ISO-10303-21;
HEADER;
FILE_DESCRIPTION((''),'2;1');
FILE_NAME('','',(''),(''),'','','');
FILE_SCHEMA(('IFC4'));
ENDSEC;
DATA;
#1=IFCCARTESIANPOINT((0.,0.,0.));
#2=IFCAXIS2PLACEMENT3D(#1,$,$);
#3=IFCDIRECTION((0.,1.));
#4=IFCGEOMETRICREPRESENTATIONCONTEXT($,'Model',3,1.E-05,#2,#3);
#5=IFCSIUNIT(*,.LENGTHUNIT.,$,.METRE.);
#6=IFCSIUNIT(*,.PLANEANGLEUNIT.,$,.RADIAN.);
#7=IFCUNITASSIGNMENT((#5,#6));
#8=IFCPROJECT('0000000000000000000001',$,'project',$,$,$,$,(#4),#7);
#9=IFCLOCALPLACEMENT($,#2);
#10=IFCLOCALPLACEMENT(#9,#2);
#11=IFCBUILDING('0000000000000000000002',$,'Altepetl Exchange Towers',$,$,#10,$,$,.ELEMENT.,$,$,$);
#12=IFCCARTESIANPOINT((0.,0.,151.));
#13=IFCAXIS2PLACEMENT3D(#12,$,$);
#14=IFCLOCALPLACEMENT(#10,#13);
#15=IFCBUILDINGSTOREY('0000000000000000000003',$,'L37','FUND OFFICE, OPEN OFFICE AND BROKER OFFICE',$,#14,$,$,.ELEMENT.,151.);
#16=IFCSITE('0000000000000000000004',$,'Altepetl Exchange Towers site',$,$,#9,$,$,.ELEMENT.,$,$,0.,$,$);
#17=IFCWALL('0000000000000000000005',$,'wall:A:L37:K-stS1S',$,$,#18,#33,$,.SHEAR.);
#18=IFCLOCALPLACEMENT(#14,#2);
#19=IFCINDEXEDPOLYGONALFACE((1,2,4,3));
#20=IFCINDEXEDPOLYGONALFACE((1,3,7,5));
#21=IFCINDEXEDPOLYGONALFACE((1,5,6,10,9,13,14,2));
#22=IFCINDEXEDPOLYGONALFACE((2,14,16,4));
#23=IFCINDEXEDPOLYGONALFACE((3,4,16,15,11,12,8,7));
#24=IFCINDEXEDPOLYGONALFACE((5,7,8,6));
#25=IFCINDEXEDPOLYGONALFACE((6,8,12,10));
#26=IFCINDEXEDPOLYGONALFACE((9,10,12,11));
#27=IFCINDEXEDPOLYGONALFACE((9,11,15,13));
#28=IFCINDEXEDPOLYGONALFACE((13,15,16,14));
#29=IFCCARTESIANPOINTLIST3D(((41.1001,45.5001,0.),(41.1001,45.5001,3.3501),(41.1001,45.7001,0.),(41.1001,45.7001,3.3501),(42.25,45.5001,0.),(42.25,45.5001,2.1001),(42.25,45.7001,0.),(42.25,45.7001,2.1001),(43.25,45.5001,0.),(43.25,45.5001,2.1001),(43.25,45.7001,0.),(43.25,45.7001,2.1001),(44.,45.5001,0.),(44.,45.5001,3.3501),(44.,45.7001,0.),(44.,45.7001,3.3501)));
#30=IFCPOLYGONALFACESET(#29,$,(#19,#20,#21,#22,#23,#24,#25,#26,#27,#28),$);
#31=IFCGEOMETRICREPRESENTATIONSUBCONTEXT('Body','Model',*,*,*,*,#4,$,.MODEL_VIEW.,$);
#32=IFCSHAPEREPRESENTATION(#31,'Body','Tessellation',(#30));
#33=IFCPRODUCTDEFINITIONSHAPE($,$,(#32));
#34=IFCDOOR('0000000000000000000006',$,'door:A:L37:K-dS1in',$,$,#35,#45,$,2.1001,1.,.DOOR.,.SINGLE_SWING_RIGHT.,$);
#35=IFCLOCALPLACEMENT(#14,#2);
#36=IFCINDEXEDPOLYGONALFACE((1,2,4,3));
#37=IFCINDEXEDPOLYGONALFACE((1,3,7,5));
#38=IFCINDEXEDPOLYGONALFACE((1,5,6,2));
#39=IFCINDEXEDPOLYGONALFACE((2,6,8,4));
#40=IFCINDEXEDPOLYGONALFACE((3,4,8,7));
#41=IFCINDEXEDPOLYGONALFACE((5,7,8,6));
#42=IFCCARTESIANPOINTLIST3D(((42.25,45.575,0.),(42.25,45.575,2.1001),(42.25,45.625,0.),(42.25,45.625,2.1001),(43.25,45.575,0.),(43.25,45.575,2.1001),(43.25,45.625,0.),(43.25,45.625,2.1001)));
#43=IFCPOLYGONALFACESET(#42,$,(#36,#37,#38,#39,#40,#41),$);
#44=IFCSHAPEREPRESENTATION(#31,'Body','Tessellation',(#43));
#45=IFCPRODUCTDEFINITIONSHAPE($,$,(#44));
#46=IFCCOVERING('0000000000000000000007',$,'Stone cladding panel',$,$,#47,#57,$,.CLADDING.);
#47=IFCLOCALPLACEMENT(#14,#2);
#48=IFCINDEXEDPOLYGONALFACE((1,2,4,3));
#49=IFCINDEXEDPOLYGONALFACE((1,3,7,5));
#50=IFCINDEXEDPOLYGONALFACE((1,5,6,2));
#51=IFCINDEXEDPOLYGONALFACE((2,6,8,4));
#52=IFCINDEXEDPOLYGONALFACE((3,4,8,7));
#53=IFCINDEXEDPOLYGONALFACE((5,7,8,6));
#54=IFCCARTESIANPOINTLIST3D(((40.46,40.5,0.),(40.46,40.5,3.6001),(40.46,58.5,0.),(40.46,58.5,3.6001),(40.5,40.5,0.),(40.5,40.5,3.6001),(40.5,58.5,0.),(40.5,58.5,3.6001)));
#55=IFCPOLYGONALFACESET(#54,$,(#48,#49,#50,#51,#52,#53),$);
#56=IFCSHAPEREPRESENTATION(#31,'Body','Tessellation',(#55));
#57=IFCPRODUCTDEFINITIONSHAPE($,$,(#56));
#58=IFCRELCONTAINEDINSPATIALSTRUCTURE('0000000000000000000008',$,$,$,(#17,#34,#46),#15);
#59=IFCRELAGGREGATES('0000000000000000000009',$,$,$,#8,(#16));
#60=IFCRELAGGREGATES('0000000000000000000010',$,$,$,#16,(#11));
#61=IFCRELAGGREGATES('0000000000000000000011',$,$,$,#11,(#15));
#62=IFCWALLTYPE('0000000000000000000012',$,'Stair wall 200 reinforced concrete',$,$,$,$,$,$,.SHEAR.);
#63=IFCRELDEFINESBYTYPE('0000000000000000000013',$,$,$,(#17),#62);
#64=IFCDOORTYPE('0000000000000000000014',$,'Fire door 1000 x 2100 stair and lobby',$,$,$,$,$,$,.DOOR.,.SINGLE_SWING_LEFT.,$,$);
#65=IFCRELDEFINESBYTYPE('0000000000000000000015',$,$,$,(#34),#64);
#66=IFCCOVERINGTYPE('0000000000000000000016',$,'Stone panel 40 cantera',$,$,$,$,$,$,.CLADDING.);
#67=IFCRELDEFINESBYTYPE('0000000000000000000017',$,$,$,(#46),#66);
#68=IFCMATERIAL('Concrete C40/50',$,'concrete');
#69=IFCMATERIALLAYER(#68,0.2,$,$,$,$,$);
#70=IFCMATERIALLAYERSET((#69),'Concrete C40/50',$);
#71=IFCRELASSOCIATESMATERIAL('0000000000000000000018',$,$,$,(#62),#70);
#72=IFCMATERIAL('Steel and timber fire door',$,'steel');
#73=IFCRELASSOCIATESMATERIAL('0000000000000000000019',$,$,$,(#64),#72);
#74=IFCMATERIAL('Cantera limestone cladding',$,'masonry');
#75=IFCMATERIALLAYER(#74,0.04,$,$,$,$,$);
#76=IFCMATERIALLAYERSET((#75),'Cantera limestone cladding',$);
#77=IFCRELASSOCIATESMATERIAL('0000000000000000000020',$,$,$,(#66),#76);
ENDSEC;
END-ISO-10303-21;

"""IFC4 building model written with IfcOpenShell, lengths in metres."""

from ifc_helpers import new_model, si_unit, direction, frame, frame_2d, origin, origin_2d, place, context, subcontext, project, spatial, rectangle, extrude, material, layer, layer_set, type_object, element, fill, save


model = new_model("IFC4")

# Units and contexts
model_context = context("Model", 3, precision=1e-05, world=origin(), true_north=direction((0.0, 1.0)))
body_context = subcontext(model_context, "Body", "Model", "MODEL_VIEW")
ifc_project = project(units=[si_unit("LENGTHUNIT", "METRE"), si_unit("PLANEANGLEUNIT", "RADIAN")], contexts=[model_context])

# Site, building, storey
site_placement = place(None, origin())
site = spatial("IfcSite", under=ifc_project, at=site_placement, Name="Altepetl Exchange Towers site", CompositionType="ELEMENT", RefElevation=0.0)
building_placement = place(site_placement, origin())
building = spatial("IfcBuilding", under=site, at=building_placement, Name="Altepetl Exchange Towers", CompositionType="ELEMENT")
storey_placement = place(building_placement, frame((0.0, 0.0, 151.0)))
storey = spatial("IfcBuildingStorey", under=building, at=storey_placement, Name="L37", Description="FUND OFFICE, OPEN OFFICE AND BROKER OFFICE", CompositionType="ELEMENT", Elevation=151.0)

# Shared definitions
ifc_material_1 = material(Name="Concrete C40/50", Category="concrete")
ifc_material_2 = material(Name="Steel and timber fire door", Category="steel")

# Wall, opening, door
ifc_layer_1 = layer(ifc_material_1, 0.2)
ifc_layer_set_1 = layer_set([ifc_layer_1], Name="Concrete C40/50")
wall_type_1 = type_object("IfcWallType", Name="Stair wall 200 reinforced concrete", PredefinedType="SHEAR", material=ifc_layer_set_1)
wall_1_placement = place(storey_placement, frame((41.1001, 45.6001, 0.0)))
wall_1 = element("IfcWall", 1, at=wall_1_placement, inside=storey, type_object=wall_type_1, Name="wall:A:L37:K-stS1S", PredefinedType="SHEAR", context=body_context, shape_type="SweptSolid", body=[
    extrude(rectangle(XDim=2.8999, YDim=0.2, at=frame_2d((1.45, 0.0))), origin(), (0.0, 0.0, 1.0), 3.3501),
])
opening_1_placement = place(wall_1_placement, frame((1.1499, 0.0, 0.0)))
opening_1 = element("IfcOpeningElement", 2, at=opening_1_placement, cuts=wall_1, PredefinedType="OPENING", context=body_context, shape_type="SweptSolid", body=[
    extrude(rectangle(XDim=1.0, YDim=2.1001, at=frame_2d((0.5, 1.05))), frame((0.0, 0.1099, 0.0), z_axis=(0.0, -1.0, 0.0), x_axis=(1.0, 0.0, 0.0)), (0.0, 0.0, 1.0), 0.22),
])
door_type_1 = type_object("IfcDoorType", Name="Fire door 1000 x 2100 stair and lobby", OperationType="SINGLE_SWING_LEFT", PredefinedType="DOOR", material=ifc_material_2)
door_1_placement = place(opening_1_placement, origin())
door_1 = element("IfcDoor", 3, at=door_1_placement, inside=storey, type_object=door_type_1, Name="door:A:L37:K-dS1in", OperationType="SINGLE_SWING_RIGHT", OverallHeight=2.1001, OverallWidth=1.0, PredefinedType="DOOR", context=body_context, shape_type="SweptSolid", body=[
    extrude(rectangle(XDim=1.0, YDim=2.1001, at=frame_2d((0.5, 1.05))), frame((0.0, 0.0249, 0.0), z_axis=(0.0, -1.0, 0.0), x_axis=(1.0, 0.0, 0.0)), (0.0, 0.0, 1.0), 0.05),
])
fill(opening_1, door_1)

# Covering
ifc_material_3 = material(Name="Cantera limestone cladding", Category="masonry")
ifc_layer_2 = layer(ifc_material_3, 0.04)
ifc_layer_set_2 = layer_set([ifc_layer_2], Name="Cantera limestone cladding")
covering_type = type_object("IfcCoveringType", Name="Stone panel 40 cantera", PredefinedType="CLADDING", material=ifc_layer_set_2)
covering_placement = place(storey_placement, frame((40.48, 49.5, 0.0), z_axis=(0.0, 0.0, 1.0), x_axis=(0.0, -1.0, 0.0)))
element("IfcCovering", 4, at=covering_placement, inside=storey, type_object=covering_type, Name="Stone cladding panel", PredefinedType="CLADDING", context=body_context, shape_type="SweptSolid", body=[
    extrude(rectangle(XDim=18.0, YDim=0.04, at=origin_2d()), origin(), (0.0, 0.0, 1.0), 3.6001),
])

save(model, "model.ifc")
